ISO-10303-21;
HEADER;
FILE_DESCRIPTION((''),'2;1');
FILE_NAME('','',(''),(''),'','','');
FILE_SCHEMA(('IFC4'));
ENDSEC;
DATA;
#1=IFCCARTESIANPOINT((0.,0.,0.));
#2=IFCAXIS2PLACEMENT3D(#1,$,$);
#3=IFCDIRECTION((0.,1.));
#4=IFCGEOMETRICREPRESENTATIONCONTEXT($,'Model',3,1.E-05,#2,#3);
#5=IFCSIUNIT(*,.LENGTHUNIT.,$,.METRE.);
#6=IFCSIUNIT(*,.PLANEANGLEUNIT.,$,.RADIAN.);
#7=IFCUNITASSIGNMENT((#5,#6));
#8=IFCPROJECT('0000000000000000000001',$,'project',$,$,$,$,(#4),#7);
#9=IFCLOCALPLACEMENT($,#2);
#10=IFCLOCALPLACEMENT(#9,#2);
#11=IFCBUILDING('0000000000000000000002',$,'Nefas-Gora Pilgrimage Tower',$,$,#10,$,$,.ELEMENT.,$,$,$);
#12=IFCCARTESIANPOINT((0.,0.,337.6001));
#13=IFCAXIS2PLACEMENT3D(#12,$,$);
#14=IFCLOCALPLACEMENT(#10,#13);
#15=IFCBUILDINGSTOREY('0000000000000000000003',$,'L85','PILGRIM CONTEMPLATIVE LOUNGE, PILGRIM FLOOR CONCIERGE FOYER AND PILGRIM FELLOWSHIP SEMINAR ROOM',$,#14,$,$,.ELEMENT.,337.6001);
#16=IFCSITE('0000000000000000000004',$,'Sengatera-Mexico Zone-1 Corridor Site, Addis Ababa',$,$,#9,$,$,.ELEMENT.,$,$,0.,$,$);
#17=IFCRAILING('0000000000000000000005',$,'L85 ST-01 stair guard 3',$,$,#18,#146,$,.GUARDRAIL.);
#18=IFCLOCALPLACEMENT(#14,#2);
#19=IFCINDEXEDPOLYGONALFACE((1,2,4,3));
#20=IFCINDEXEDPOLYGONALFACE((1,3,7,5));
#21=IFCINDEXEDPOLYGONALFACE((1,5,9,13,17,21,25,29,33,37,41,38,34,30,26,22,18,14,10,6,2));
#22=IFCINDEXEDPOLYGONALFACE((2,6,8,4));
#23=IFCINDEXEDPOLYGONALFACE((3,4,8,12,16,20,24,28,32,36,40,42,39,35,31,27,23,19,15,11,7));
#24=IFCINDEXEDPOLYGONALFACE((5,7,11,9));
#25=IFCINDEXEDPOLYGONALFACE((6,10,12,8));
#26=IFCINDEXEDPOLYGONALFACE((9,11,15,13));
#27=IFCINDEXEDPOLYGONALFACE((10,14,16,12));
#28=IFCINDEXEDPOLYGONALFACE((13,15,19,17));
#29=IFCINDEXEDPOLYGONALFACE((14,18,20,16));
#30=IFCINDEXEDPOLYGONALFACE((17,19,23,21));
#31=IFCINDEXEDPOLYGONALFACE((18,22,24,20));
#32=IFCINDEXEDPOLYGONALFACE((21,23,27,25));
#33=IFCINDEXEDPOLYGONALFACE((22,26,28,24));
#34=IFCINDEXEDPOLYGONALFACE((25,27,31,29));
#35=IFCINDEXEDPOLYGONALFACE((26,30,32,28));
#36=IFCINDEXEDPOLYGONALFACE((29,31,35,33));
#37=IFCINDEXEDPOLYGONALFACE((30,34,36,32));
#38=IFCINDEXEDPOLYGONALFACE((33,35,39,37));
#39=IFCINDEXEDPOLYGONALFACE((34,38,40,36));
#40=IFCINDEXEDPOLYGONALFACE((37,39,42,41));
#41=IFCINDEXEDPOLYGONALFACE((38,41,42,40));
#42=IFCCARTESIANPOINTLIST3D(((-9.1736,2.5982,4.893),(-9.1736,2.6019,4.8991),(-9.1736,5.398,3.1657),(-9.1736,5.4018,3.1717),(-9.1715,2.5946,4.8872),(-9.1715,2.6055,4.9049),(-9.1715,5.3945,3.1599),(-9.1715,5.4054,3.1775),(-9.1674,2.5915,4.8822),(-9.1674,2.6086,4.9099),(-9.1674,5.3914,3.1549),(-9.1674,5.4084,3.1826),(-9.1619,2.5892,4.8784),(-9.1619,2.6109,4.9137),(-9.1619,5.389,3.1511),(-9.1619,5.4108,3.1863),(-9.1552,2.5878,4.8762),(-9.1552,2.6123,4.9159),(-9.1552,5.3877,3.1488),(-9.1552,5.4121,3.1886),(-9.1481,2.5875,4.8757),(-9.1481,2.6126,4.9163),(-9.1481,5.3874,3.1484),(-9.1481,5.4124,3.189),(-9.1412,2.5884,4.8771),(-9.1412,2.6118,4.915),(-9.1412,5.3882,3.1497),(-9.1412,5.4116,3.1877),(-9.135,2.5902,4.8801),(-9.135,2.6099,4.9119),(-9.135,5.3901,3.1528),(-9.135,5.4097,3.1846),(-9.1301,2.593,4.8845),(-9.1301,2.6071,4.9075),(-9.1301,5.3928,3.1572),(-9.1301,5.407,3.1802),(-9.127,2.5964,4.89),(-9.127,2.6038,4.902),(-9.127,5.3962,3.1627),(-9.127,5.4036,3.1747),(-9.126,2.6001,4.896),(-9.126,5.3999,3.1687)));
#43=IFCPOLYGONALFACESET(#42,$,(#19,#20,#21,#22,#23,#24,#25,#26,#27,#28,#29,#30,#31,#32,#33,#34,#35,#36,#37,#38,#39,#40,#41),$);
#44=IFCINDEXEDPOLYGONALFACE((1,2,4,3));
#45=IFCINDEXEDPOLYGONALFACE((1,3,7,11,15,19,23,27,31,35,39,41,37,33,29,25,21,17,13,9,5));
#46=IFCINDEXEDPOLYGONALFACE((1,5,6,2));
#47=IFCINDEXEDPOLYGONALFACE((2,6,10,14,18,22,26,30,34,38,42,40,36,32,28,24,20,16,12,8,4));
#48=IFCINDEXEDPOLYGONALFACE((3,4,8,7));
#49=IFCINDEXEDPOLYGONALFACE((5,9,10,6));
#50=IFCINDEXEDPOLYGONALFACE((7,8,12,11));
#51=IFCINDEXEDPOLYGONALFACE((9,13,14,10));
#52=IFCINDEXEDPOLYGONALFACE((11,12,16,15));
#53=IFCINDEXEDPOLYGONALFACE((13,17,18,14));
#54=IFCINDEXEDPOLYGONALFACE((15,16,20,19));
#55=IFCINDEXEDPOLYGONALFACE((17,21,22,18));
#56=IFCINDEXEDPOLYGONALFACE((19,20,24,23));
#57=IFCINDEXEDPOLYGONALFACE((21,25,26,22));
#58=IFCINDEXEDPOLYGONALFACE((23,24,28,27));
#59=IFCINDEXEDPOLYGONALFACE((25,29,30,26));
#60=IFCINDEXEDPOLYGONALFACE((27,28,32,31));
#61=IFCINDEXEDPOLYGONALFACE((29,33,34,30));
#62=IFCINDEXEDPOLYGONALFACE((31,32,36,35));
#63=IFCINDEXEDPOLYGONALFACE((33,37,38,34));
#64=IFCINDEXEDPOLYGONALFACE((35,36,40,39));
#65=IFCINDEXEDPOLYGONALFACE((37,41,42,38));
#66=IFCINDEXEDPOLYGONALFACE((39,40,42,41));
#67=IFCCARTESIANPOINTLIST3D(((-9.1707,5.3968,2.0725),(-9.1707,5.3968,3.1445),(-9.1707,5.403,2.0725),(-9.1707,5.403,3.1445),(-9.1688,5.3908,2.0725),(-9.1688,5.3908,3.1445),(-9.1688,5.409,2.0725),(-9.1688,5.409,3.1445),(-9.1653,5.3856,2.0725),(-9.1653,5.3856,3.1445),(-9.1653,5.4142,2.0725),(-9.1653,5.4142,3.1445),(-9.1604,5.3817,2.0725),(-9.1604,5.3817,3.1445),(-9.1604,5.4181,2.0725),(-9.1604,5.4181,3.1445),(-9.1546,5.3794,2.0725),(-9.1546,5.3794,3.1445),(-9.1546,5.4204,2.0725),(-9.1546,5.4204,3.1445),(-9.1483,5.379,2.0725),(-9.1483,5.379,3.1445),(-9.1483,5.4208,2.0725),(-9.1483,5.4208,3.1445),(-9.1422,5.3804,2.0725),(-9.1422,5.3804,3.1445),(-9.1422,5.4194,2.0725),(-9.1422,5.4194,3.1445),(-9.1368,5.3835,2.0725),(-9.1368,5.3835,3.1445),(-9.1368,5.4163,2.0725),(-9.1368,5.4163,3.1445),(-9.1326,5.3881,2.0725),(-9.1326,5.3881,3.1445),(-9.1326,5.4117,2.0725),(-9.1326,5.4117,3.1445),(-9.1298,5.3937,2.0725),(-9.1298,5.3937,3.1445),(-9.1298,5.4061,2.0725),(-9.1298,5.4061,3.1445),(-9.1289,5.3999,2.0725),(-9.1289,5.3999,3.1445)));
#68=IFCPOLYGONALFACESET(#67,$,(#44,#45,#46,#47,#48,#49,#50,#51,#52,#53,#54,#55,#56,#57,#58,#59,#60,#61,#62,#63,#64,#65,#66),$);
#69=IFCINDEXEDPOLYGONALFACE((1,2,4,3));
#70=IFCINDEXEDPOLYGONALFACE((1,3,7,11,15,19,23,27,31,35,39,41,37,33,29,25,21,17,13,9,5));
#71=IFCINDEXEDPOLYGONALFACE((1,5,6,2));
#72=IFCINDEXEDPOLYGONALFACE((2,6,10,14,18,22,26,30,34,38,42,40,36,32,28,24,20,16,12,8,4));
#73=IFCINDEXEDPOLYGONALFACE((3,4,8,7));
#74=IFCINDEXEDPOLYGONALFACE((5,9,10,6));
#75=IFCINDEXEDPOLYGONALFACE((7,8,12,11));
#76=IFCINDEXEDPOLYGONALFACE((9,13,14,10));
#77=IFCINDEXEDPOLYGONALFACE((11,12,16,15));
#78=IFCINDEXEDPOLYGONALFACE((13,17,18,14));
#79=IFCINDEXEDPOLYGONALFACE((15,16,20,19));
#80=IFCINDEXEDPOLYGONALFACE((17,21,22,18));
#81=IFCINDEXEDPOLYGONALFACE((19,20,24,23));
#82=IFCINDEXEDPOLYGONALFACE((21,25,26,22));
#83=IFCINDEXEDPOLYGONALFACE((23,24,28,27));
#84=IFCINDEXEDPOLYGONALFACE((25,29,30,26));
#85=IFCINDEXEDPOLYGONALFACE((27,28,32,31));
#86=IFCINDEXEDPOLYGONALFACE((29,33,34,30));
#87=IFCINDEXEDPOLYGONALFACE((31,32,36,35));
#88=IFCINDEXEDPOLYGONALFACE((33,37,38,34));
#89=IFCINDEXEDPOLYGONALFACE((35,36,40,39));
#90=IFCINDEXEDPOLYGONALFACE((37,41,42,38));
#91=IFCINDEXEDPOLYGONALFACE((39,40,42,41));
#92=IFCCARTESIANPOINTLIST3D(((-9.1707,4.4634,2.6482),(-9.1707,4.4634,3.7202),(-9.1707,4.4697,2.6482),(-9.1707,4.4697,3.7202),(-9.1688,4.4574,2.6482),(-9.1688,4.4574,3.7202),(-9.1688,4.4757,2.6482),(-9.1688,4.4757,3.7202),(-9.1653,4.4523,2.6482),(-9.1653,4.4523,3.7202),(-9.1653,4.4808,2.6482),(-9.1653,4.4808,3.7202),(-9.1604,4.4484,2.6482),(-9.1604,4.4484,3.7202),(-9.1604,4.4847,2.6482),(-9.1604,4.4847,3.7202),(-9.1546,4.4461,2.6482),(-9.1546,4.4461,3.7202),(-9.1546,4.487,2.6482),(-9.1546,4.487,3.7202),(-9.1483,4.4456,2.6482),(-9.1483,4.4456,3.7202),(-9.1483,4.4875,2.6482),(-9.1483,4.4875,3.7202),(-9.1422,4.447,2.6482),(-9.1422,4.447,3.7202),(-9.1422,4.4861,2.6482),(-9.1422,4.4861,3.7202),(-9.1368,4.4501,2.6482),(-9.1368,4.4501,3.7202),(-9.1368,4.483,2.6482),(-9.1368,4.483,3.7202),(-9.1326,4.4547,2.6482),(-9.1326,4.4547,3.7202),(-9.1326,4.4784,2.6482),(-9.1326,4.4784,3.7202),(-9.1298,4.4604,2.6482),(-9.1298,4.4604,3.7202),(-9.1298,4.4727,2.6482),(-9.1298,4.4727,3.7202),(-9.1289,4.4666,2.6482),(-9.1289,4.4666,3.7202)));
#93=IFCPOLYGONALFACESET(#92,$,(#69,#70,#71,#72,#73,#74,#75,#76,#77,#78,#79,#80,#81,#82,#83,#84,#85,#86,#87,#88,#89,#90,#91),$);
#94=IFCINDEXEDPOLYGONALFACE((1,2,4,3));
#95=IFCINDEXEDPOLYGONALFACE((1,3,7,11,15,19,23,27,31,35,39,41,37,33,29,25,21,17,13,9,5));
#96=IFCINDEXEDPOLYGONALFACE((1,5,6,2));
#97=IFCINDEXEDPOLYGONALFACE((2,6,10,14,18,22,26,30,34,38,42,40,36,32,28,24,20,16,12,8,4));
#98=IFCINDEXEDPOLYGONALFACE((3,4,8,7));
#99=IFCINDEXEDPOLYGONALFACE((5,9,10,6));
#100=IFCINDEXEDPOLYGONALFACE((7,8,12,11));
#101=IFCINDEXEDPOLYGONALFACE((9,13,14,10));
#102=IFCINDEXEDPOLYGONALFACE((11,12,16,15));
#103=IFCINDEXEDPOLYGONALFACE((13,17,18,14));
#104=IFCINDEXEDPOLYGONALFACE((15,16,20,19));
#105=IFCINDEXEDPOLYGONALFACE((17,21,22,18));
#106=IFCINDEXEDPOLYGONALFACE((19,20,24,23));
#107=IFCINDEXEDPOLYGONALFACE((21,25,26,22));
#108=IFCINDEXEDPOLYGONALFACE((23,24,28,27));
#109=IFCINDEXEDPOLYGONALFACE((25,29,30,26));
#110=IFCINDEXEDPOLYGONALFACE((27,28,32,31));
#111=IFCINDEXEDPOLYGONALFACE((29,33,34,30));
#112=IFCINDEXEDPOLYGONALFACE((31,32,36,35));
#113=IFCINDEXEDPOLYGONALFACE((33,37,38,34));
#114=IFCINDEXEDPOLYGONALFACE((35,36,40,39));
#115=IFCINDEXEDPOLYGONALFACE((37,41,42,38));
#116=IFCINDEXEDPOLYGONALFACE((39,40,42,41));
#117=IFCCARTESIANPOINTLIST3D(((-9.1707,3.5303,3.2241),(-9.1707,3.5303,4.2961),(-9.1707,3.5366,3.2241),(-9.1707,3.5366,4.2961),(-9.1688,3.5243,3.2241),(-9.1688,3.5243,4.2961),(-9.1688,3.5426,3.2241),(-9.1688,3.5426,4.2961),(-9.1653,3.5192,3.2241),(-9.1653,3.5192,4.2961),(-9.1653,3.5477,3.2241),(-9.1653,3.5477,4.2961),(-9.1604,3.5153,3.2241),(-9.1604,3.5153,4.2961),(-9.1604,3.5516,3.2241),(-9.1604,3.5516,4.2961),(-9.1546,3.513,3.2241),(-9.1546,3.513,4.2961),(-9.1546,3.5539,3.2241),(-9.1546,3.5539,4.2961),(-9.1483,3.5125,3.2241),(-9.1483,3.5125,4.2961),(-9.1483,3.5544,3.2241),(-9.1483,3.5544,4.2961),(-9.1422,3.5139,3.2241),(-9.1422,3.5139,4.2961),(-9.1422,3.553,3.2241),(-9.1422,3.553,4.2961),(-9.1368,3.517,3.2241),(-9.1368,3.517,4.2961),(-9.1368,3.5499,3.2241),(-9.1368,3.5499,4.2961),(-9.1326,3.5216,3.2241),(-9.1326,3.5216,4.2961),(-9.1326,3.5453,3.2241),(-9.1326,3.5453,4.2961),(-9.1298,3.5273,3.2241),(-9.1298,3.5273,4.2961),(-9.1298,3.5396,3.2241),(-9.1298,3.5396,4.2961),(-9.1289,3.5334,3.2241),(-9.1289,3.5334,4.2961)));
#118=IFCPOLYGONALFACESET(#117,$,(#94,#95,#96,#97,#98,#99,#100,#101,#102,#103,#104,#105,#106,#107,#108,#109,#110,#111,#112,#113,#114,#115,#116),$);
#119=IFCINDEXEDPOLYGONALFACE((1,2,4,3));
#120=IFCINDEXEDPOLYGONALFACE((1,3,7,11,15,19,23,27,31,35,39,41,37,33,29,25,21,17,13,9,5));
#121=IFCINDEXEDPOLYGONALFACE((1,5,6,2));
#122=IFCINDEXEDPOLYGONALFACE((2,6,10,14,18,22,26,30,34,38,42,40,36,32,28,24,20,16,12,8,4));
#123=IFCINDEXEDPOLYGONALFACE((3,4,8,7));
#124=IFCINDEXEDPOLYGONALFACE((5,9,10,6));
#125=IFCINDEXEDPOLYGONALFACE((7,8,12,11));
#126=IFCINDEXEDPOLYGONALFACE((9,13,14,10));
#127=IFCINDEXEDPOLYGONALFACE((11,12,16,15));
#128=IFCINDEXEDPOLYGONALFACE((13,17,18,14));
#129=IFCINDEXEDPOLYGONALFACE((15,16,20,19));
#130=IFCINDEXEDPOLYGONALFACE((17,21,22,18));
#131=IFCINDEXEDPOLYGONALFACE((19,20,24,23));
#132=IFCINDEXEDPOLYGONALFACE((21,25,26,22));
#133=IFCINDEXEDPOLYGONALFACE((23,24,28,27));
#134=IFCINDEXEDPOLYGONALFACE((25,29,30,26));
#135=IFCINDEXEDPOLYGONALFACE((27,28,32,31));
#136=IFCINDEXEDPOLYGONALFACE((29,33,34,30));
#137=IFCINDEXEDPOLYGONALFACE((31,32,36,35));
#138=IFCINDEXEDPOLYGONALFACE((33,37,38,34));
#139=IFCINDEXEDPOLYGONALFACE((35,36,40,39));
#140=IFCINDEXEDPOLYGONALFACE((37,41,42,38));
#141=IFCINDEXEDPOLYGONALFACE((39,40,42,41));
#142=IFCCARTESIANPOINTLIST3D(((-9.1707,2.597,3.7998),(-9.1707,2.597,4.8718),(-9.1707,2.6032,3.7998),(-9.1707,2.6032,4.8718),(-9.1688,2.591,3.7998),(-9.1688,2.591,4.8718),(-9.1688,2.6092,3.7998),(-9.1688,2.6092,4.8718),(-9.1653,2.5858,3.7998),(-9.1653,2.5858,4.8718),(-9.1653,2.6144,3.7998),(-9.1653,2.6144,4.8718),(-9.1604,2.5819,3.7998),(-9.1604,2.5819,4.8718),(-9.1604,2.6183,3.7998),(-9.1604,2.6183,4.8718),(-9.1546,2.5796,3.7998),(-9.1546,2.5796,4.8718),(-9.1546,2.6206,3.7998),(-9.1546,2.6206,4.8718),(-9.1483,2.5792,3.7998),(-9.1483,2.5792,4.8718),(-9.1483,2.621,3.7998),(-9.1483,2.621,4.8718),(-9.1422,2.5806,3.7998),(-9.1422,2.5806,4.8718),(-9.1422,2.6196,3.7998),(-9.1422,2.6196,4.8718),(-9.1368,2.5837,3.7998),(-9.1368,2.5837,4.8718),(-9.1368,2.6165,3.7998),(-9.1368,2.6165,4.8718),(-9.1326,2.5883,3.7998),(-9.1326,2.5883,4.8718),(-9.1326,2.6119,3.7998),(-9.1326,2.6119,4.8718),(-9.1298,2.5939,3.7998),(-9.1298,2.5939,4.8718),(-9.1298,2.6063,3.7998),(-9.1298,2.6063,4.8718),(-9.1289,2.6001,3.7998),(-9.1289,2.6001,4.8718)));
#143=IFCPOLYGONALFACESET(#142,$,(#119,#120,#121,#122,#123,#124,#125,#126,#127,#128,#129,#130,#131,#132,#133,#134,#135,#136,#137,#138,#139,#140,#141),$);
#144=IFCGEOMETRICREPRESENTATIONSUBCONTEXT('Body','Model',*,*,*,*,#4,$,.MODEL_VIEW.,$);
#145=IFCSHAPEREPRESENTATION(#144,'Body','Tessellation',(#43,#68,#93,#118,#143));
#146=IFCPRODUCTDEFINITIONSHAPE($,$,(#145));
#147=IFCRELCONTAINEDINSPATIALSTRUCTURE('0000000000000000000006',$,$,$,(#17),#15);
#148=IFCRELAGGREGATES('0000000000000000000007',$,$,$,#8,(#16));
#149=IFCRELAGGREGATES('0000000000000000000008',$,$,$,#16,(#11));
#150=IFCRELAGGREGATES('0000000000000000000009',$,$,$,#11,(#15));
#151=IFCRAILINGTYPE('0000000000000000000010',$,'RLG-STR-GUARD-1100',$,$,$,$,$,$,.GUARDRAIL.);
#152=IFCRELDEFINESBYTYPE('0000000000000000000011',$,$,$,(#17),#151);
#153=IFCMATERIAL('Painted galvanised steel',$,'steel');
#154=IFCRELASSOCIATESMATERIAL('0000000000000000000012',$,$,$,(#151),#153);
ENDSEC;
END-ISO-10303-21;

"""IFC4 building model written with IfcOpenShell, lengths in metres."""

from ifc_helpers import new_model, si_unit, direction, frame, origin, origin_2d, place, context, subcontext, project, spatial, circle, extrude, material, type_object, element, save


model = new_model("IFC4")

# Units and contexts
model_context = context("Model", 3, precision=1e-05, world=origin(), true_north=direction((0.0, 1.0)))
body_context = subcontext(model_context, "Body", "Model", "MODEL_VIEW")
ifc_project = project(units=[si_unit("LENGTHUNIT", "METRE"), si_unit("PLANEANGLEUNIT", "RADIAN")], contexts=[model_context])

# Site, building, storey
site_placement = place(None, origin())
site = spatial("IfcSite", under=ifc_project, at=site_placement, Name="Sengatera-Mexico Zone-1 Corridor Site, Addis Ababa", CompositionType="ELEMENT", RefElevation=0.0)
building_placement = place(site_placement, origin())
building = spatial("IfcBuilding", under=site, at=building_placement, Name="Nefas-Gora Pilgrimage Tower", CompositionType="ELEMENT")
storey_placement = place(building_placement, frame((0.0, 0.0, 337.6001)))
storey = spatial("IfcBuildingStorey", under=building, at=storey_placement, Name="L85", Description="PILGRIM CONTEMPLATIVE LOUNGE, PILGRIM FLOOR CONCIERGE FOYER AND PILGRIM FELLOWSHIP SEMINAR ROOM", CompositionType="ELEMENT", Elevation=337.6001)

# Railing
ifc_material_1 = material(Name="Painted galvanised steel", Category="steel")
railing_type_1 = type_object("IfcRailingType", Name="RLG-STR-GUARD-1100", PredefinedType="GUARDRAIL", material=ifc_material_1)
railing_1_placement = place(storey_placement, frame((-9.1499, 5.3999, 2.0725)))
element("IfcRailing", 1, at=railing_1_placement, inside=storey, type_object=railing_type_1, Name="L85 ST-01 stair guard 3", PredefinedType="GUARDRAIL", context=body_context, shape_type="SweptSolid", body=[
    extrude(circle(Radius=0.0239, at=origin_2d()), frame((0.0, 0.0, 1.0962), z_axis=(0.0, -0.851069, 0.525054), x_axis=(1.0, 0.0, 0.0)), (0.0, 0.0, 1.0), 3.2898),
    extrude(circle(Radius=0.021, at=origin_2d()), origin(), (0.0, 0.0, 1.0), 1.072),
    extrude(circle(Radius=0.021, at=origin_2d()), frame((0.0, -0.9333, 0.5757)), (0.0, 0.0, 1.0), 1.072),
    extrude(circle(Radius=0.021, at=origin_2d()), frame((0.0, -1.8665, 1.1516)), (0.0, 0.0, 1.0), 1.072),
    extrude(circle(Radius=0.021, at=origin_2d()), frame((0.0, -2.7998, 1.7273)), (0.0, 0.0, 1.0), 1.072),
])

save(model, "model.ifc")
